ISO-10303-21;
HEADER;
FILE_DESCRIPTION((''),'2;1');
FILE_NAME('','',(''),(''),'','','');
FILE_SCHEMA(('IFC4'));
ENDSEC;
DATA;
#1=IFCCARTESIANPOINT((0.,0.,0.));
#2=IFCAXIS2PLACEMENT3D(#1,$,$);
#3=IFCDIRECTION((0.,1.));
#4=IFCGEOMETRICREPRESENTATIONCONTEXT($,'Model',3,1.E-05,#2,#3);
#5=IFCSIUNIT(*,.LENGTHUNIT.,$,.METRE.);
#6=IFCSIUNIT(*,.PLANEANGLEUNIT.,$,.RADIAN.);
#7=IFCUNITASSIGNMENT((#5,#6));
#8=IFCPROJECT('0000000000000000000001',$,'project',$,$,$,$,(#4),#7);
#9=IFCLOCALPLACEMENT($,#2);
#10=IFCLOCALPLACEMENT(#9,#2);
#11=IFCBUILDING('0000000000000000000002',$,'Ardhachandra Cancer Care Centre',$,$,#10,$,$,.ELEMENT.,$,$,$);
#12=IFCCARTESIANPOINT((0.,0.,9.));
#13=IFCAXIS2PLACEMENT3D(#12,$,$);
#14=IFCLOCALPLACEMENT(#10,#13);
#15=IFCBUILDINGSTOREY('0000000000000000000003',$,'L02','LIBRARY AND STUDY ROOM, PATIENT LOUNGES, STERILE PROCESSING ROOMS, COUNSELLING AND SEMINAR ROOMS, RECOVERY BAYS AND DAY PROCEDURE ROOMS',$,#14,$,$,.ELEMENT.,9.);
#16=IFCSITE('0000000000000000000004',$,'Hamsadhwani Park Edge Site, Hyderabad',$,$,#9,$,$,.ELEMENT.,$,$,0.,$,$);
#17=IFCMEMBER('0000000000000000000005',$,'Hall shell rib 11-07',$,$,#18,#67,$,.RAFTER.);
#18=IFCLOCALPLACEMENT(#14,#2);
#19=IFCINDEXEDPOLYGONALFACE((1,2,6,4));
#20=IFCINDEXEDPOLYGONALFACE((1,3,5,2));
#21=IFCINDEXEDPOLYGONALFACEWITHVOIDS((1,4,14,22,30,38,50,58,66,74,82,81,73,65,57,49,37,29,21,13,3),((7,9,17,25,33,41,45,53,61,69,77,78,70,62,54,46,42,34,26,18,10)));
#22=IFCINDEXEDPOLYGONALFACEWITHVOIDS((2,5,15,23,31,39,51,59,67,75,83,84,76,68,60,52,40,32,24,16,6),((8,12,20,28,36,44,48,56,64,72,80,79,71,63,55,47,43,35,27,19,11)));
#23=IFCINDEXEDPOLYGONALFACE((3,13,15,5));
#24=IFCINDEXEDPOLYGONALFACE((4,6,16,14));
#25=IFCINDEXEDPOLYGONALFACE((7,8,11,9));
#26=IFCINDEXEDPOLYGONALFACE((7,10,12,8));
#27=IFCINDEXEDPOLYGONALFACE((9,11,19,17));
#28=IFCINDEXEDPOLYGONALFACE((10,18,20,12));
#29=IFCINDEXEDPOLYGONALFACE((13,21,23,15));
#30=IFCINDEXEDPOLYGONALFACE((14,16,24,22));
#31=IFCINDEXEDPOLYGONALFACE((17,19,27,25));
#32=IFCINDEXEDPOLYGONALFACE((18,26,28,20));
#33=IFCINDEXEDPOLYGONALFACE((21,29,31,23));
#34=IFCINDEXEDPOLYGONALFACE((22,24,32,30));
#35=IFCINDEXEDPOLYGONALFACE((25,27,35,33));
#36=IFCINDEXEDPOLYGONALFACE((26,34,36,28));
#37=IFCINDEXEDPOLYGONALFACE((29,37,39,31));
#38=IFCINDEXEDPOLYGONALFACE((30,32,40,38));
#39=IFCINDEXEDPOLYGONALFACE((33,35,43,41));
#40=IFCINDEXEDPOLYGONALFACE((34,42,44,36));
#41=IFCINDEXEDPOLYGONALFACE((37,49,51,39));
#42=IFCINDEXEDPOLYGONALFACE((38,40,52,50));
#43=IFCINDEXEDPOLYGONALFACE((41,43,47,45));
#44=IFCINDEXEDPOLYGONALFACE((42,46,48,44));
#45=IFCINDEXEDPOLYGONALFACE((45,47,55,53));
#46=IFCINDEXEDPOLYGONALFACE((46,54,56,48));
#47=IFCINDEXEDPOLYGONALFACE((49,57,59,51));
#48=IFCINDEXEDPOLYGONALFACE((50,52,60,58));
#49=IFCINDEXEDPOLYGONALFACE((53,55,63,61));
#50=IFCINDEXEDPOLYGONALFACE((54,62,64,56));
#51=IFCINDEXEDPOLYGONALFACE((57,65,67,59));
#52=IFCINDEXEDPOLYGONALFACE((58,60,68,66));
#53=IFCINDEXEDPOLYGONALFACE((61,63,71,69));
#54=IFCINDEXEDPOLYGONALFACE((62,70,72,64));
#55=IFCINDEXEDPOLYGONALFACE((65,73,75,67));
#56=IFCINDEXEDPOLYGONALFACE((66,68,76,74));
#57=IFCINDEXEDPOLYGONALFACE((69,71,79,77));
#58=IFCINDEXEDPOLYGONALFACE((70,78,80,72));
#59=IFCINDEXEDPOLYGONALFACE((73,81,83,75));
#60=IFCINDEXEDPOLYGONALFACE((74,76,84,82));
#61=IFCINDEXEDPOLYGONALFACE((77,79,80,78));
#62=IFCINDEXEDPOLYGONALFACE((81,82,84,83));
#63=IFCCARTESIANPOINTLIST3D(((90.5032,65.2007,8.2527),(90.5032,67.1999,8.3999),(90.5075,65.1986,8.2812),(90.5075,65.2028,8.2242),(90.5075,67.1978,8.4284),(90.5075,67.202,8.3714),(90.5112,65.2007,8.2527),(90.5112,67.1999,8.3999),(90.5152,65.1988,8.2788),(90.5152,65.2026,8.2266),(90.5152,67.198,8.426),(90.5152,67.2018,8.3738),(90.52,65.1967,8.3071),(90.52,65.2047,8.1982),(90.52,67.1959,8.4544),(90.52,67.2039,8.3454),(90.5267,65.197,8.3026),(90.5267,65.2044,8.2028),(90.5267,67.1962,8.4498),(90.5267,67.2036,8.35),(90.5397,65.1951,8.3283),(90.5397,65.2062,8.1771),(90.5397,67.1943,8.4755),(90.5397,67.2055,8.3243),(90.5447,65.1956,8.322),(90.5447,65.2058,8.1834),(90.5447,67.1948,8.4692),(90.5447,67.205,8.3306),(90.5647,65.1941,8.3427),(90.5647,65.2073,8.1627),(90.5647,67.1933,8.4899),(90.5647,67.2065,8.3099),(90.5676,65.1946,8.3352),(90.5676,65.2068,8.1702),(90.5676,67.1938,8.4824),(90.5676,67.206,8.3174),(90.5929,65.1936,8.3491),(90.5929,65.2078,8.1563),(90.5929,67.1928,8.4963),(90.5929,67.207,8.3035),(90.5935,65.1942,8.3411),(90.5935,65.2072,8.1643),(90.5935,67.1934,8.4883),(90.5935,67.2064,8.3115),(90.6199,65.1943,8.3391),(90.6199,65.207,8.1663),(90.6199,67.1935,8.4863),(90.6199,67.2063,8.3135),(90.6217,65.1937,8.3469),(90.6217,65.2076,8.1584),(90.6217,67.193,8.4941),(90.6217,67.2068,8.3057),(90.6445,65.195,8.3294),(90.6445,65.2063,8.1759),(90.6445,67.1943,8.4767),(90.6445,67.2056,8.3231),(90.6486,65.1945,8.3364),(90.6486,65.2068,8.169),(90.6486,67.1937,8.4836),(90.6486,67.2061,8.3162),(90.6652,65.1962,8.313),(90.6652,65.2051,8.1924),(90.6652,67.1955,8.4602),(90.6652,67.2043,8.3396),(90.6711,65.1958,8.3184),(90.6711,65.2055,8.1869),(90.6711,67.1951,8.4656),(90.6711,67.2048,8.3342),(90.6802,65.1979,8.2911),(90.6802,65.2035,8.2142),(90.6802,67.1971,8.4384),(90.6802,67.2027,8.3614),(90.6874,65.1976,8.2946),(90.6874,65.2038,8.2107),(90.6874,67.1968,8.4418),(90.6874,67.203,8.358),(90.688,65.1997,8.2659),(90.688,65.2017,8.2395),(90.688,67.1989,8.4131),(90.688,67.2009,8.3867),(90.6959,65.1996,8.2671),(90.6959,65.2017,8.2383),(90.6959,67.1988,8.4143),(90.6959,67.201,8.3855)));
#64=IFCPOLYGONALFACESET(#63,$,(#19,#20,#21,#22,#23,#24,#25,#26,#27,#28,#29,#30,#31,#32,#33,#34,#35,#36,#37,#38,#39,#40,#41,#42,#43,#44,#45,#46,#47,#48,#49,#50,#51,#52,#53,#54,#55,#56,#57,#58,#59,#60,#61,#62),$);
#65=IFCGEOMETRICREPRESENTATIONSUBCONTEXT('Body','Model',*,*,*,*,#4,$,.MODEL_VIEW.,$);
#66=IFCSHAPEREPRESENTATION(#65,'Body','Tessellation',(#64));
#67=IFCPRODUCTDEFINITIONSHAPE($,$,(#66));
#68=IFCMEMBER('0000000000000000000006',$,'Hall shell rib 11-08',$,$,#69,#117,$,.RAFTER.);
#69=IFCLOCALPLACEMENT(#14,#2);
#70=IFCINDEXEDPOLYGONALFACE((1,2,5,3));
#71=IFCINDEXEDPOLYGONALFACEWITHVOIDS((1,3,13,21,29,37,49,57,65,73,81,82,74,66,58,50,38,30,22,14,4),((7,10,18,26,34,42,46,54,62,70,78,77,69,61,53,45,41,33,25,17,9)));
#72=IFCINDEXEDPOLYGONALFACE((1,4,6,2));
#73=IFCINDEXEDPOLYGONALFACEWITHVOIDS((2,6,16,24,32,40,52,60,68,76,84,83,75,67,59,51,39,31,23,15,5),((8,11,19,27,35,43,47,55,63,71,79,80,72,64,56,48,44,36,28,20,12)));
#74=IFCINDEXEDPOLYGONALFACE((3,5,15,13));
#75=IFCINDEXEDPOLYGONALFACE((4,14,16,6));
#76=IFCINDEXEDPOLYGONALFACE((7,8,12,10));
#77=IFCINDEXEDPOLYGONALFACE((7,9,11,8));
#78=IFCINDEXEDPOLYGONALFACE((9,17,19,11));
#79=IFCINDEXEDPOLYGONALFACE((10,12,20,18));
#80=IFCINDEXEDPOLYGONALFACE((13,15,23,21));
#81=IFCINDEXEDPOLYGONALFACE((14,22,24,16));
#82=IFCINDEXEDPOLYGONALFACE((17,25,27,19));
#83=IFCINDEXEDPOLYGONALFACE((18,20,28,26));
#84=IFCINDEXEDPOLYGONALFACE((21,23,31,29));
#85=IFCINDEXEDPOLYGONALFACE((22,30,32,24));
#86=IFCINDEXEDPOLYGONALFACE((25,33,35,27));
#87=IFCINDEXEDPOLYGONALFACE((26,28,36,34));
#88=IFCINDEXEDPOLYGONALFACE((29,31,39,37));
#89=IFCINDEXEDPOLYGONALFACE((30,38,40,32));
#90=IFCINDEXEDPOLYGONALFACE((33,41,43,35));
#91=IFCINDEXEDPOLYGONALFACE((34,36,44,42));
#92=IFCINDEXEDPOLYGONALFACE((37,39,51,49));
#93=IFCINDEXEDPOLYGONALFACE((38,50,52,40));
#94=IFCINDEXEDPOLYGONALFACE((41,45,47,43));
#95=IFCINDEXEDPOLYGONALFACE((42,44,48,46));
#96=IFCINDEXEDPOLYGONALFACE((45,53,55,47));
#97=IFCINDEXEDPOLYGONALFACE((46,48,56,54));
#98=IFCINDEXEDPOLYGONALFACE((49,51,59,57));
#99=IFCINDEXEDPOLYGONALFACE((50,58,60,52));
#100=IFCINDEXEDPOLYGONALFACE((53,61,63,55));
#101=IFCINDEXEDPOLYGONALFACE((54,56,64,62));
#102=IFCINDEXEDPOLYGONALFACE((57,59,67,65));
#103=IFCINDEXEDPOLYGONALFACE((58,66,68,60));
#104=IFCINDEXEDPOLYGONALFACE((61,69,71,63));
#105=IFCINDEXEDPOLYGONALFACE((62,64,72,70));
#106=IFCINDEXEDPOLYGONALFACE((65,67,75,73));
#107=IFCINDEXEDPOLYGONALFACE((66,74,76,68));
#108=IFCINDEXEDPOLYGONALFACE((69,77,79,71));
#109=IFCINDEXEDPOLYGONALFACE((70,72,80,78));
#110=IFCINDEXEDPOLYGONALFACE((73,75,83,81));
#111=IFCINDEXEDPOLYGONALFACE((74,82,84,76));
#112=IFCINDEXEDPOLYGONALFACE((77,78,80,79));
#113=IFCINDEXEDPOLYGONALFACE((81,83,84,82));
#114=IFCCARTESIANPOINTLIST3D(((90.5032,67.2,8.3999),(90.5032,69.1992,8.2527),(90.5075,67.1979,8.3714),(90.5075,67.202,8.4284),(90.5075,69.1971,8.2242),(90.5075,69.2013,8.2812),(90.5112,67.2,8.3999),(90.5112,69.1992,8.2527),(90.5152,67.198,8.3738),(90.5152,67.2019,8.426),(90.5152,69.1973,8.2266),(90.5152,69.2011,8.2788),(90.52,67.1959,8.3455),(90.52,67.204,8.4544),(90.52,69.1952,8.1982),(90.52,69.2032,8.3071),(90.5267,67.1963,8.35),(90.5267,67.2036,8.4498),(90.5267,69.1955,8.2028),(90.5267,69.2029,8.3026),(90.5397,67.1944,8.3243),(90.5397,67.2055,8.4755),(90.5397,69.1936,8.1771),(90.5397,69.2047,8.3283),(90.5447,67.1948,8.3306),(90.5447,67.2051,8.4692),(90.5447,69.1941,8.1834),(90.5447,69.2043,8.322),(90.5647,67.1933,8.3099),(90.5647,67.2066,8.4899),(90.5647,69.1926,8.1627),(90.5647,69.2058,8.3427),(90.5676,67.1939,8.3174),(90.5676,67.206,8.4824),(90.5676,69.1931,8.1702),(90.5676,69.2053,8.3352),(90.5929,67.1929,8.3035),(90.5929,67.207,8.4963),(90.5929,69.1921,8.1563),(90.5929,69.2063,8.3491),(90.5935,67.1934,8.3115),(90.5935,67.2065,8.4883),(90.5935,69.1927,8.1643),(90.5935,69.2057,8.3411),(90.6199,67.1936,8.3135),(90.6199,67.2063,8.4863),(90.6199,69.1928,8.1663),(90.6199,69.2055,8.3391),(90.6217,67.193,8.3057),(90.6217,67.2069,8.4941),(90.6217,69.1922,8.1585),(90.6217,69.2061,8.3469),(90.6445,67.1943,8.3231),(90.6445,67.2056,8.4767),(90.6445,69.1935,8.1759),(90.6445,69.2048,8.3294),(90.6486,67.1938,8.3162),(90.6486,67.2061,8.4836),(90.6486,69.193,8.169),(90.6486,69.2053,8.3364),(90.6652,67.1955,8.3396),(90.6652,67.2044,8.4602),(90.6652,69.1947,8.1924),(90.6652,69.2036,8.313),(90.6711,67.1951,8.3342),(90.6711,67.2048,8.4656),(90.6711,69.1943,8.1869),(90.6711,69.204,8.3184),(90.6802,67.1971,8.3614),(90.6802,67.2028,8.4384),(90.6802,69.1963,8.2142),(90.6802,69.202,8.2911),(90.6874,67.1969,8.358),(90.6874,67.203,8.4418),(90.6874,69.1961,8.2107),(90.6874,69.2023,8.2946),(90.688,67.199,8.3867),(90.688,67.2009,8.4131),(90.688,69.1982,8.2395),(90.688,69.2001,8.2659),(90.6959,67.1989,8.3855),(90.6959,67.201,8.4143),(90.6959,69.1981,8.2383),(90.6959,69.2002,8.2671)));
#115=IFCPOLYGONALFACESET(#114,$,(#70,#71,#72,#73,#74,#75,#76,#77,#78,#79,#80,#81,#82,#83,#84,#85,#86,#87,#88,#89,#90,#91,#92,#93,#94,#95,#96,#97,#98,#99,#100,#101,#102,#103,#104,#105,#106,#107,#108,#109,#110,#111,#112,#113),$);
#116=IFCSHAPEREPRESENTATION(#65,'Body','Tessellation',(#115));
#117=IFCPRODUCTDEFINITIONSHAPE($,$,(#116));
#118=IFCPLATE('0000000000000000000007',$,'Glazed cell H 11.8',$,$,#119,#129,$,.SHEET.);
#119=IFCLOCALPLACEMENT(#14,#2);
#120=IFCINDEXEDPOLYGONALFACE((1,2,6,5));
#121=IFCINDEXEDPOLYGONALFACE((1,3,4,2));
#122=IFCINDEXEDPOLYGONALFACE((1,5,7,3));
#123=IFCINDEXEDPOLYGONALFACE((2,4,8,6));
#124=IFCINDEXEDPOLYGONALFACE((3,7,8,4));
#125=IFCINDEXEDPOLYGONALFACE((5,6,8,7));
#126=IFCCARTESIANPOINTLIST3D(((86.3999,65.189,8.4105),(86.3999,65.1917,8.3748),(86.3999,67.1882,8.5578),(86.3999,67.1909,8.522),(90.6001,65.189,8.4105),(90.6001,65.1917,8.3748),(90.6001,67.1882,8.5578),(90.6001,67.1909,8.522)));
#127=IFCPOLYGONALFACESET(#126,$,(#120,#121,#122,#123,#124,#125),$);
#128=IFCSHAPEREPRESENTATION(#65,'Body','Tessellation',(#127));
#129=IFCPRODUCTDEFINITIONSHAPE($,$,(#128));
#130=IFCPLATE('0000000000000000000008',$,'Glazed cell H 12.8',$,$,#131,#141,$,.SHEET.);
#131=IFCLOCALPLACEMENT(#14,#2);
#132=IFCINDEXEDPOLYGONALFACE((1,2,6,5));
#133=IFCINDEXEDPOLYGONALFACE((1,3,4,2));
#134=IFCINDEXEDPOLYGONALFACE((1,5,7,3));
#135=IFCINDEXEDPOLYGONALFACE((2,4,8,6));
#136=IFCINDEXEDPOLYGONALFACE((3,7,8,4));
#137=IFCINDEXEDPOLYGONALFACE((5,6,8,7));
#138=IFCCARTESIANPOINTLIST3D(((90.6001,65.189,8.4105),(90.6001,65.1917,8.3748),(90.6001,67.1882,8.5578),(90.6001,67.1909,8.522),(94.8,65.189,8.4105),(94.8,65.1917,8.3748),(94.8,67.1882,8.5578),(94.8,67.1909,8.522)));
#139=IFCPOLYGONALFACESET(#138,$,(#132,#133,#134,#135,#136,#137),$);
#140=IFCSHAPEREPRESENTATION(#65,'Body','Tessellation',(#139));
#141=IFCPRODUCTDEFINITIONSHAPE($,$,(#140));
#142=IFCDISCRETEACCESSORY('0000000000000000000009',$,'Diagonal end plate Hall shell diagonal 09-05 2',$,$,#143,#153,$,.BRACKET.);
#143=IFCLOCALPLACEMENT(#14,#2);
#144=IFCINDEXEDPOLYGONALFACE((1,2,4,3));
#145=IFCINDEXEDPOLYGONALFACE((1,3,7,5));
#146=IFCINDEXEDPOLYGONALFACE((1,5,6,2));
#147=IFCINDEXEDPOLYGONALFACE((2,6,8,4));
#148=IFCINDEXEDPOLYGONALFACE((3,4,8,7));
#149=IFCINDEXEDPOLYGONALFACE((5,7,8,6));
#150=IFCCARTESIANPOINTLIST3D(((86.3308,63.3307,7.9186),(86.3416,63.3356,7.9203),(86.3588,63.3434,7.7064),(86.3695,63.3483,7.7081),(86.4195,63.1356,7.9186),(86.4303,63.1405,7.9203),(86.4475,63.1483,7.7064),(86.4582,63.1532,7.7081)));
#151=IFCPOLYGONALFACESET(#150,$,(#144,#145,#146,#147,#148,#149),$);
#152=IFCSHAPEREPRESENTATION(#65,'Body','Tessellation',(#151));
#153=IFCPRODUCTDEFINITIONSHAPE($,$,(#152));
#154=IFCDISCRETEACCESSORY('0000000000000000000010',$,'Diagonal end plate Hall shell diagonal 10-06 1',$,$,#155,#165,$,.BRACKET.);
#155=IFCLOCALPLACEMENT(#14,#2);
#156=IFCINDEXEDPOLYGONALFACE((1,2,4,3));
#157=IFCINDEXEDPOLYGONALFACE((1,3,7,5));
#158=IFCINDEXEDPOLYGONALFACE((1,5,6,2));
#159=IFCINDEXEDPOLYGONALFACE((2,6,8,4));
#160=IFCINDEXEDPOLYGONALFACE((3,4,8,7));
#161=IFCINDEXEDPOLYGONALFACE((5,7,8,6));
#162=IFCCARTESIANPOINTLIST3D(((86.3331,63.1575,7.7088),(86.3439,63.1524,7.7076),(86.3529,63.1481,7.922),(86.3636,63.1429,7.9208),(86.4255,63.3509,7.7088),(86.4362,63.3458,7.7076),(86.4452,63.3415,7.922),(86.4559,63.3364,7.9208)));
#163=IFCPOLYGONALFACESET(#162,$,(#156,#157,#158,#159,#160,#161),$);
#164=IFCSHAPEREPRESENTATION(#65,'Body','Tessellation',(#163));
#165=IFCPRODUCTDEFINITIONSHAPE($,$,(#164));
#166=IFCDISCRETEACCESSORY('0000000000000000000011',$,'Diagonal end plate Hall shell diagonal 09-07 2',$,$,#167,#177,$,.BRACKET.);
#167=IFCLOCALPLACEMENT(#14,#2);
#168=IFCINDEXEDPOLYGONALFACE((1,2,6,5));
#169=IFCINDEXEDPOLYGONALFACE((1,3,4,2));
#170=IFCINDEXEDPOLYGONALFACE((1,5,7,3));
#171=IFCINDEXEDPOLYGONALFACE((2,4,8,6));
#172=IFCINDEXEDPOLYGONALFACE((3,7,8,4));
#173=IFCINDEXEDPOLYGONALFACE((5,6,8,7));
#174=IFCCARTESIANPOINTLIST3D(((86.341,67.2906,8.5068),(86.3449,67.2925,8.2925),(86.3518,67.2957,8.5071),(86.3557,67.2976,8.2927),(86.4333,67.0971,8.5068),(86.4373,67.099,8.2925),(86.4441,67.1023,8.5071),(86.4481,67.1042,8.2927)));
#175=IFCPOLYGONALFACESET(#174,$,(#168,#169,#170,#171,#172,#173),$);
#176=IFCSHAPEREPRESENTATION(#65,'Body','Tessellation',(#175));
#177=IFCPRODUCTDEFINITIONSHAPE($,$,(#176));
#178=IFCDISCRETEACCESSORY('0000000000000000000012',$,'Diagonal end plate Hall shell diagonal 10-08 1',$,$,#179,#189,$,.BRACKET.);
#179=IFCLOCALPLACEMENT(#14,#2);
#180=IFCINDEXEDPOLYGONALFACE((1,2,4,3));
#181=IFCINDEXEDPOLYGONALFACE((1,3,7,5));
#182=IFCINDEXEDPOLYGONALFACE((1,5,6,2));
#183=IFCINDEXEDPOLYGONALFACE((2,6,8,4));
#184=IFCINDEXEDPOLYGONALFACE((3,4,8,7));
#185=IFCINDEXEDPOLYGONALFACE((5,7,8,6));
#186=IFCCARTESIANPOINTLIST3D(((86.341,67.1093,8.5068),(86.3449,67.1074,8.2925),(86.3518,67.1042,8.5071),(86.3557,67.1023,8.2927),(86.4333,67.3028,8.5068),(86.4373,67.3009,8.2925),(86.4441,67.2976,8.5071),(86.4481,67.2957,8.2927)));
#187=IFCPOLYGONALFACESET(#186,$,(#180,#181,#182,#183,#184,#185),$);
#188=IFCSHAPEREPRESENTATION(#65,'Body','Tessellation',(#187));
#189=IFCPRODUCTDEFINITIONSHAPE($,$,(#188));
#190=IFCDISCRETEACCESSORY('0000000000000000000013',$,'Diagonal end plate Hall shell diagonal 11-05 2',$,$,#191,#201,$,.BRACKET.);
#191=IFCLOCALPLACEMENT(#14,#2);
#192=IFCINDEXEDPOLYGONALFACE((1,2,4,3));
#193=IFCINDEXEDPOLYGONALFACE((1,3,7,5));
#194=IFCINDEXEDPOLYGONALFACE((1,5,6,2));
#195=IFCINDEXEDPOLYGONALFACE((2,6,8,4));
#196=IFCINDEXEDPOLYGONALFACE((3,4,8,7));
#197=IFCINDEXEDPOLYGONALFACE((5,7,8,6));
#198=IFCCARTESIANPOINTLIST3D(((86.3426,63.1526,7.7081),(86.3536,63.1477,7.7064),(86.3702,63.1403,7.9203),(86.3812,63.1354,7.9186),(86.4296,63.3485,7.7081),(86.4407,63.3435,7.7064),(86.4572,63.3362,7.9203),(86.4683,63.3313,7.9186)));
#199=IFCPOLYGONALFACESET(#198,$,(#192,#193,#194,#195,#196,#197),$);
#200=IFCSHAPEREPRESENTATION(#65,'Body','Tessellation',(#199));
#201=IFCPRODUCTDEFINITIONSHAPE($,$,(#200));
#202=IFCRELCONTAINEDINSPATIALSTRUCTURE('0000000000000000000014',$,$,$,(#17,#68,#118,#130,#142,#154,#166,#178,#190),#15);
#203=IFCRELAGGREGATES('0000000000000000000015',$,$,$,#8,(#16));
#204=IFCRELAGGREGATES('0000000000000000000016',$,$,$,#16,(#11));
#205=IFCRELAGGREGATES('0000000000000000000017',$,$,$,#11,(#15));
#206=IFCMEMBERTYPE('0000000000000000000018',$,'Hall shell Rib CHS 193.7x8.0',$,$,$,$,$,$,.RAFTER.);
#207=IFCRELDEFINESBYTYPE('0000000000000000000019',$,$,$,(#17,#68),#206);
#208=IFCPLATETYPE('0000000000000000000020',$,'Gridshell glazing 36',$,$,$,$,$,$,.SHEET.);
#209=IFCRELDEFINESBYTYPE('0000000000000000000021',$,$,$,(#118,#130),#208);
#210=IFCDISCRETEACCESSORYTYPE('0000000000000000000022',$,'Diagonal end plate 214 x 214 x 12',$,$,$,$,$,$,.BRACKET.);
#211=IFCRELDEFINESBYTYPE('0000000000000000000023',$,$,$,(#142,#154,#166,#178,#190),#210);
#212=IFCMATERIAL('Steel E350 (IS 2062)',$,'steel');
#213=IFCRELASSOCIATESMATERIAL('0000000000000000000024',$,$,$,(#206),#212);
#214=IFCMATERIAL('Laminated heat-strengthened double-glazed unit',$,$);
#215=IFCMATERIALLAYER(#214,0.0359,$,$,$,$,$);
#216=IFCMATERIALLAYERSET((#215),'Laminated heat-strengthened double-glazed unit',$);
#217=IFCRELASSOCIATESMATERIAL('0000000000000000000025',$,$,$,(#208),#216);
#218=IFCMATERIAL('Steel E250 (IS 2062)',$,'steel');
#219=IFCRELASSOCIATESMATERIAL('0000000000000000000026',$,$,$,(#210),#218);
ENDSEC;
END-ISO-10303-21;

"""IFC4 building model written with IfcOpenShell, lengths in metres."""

from ifc_helpers import new_model, si_unit, direction, frame, origin, origin_2d, place, context, subcontext, project, spatial, polyline, rectangle, hollow_circle, outline, extrude, material, layer, layer_set, material_profile, profile_set, type_object, element, save


model = new_model("IFC4")

# Units and contexts
model_context = context("Model", 3, precision=1e-05, world=origin(), true_north=direction((0.0, 1.0)))
body_context = subcontext(model_context, "Body", "Model", "MODEL_VIEW")
ifc_project = project(units=[si_unit("LENGTHUNIT", "METRE"), si_unit("PLANEANGLEUNIT", "RADIAN")], contexts=[model_context])

# Site, building, storey
site_placement = place(None, origin())
site = spatial("IfcSite", under=ifc_project, at=site_placement, Name="Hamsadhwani Park Edge Site, Hyderabad", CompositionType="ELEMENT", RefElevation=0.0)
building_placement = place(site_placement, origin())
building = spatial("IfcBuilding", under=site, at=building_placement, Name="Ardhachandra Cancer Care Centre", CompositionType="ELEMENT")
storey_placement = place(building_placement, frame((0.0, 0.0, 9.0)))
storey = spatial("IfcBuildingStorey", under=building, at=storey_placement, Name="L02", Description="LIBRARY AND STUDY ROOM, PATIENT LOUNGES, STERILE PROCESSING ROOMS, COUNSELLING AND SEMINAR ROOMS, RECOVERY BAYS AND DAY PROCEDURE ROOMS", CompositionType="ELEMENT", Elevation=9.0)

# Members
ifc_material_1 = material(Name="Steel E350 (IS 2062)", Category="steel")
ifc_material_profile_1 = material_profile(ifc_material_1, hollow_circle(Radius=0.0969, WallThickness=0.0081, at=origin_2d()), Name="CHS 193.7x8.0")
ifc_profile_set_1 = profile_set([ifc_material_profile_1], Name="Steel E350 (IS 2062)")
member_type_1 = type_object("IfcMemberType", Name="Hall shell Rib CHS 193.7x8.0", PredefinedType="RAFTER", material=ifc_profile_set_1)
for number, where, z_axis, x_axis, name in (
    (1, (90.6001, 65.2007, 8.2527), (0.0, 0.9973, 0.073437), (-1.0, 0.0, 0.0), "Hall shell rib 11-07"),
    (2, (90.6001, 67.2, 8.3999), (0.0, 0.9973, -0.073437), (-1.0, 0.0, 0.0), "Hall shell rib 11-08"),
):
    element("IfcMember", number, at=place(storey_placement, frame(where, z_axis=z_axis, x_axis=x_axis)), inside=storey, type_object=member_type_1, Name=name, PredefinedType="RAFTER", context=body_context, shape_type="SweptSolid", body=[
        extrude(hollow_circle(Radius=0.0969, WallThickness=0.0081, at=origin_2d()), origin(), (0.0, 0.0, 1.0), 2.0046),
    ])

# Plates
ifc_material_2 = material(Name="Laminated heat-strengthened double-glazed unit")
ifc_layer = layer(ifc_material_2, 0.0359)
ifc_layer_set = layer_set([ifc_layer], Name="Laminated heat-strengthened double-glazed unit")
plate_type = type_object("IfcPlateType", Name="Gridshell glazing 36", PredefinedType="SHEET", material=ifc_layer_set)
plate_1_placement = place(storey_placement, frame((86.3999, 65.1917, 8.3748), z_axis=(0.0, -0.073437, 0.9973), x_axis=(1.0, 0.0, 0.0)))
element("IfcPlate", 3, at=plate_1_placement, inside=storey, type_object=plate_type, Name="Glazed cell H 11.8", PredefinedType="SHEET", context=body_context, shape_type="SweptSolid", body=[
    extrude(outline(polyline([(0.0, 0.0), (4.2002, 0.0), (4.2002, 2.0046), (0.0, 2.0046), (0.0, 0.0)])), origin(), (0.0, 0.0, 1.0), 0.0359),
])
plate_2_placement = place(storey_placement, frame((90.6001, 65.1917, 8.3748), z_axis=(0.0, -0.073437, 0.9973), x_axis=(1.0, 0.0, 0.0)))
element("IfcPlate", 4, at=plate_2_placement, inside=storey, type_object=plate_type, Name="Glazed cell H 12.8", PredefinedType="SHEET", context=body_context, shape_type="SweptSolid", body=[
    extrude(outline(polyline([(0.0, 0.0), (4.2, 0.0), (4.2, 2.0046), (0.0, 2.0046), (0.0, 0.0)])), origin(), (0.0, 0.0, 1.0), 0.0359),
])

# Discrete accessories
ifc_material_3 = material(Name="Steel E250 (IS 2062)", Category="steel")
ifc_material_profile_2 = material_profile(ifc_material_3, rectangle(XDim=0.2144, YDim=0.2144, at=origin_2d()), Name="PL 214x214x12")
ifc_profile_set_2 = profile_set([ifc_material_profile_2], Name="Steel E250 (IS 2062)")
discrete_accessory_type = type_object("IfcDiscreteAccessoryType", Name="Diagonal end plate 214 x 214 x 12", PredefinedType="BRACKET", material=ifc_profile_set_2)
for number, where, z_axis, x_axis, name in (
    (5, (86.3999, 63.2444, 7.8142), (-0.900966, -0.40953, -0.143336), (0.413803, -0.910366, 0.0), "Diagonal end plate Hall shell diagonal 09-05 2"),
    (6, (86.3999, 63.2444, 7.8142), (-0.897772, 0.428482, 0.10202), (-0.43073, -0.902481, 0.0), "Diagonal end plate Hall shell diagonal 10-06 1"),
    (7, (86.3999, 67.2, 8.3999), (-0.902291, -0.430639, -0.020507), (0.43073, -0.902481, 0.0), "Diagonal end plate Hall shell diagonal 09-07 2"),
    (8, (86.3999, 67.2, 8.3999), (-0.902291, 0.430639, -0.020507), (-0.43073, -0.902481, 0.0), "Diagonal end plate Hall shell diagonal 10-08 1"),
):
    element("IfcDiscreteAccessory", number, at=place(storey_placement, frame(where, z_axis=z_axis, x_axis=x_axis)), inside=storey, type_object=discrete_accessory_type, Name=name, PredefinedType="BRACKET", context=body_context, shape_type="SweptSolid", body=[
        extrude(rectangle(XDim=0.2144, YDim=0.2144, at=origin_2d()), origin(), (0.0, 0.0, 1.0), 0.012),
    ])
for number, where, z_axis, x_axis, name in (
    (9, (86.3999, 63.2444, 7.8142), (0.904717, -0.402096, -0.140734), (0.406138, 0.913812, 0.0), "Diagonal end plate Hall shell diagonal 11-05 2"),
):
    element("IfcDiscreteAccessory", number, at=place(storey_placement, frame(where, z_axis=z_axis, x_axis=x_axis)), inside=storey, type_object=discrete_accessory_type, Name=name, PredefinedType="BRACKET", context=body_context, shape_type="SweptSolid", body=[
        extrude(rectangle(XDim=0.2144, YDim=0.2144, at=origin_2d()), origin(), (0.0, 0.0, 1.0), 0.0122),
    ])

save(model, "model.ifc")
